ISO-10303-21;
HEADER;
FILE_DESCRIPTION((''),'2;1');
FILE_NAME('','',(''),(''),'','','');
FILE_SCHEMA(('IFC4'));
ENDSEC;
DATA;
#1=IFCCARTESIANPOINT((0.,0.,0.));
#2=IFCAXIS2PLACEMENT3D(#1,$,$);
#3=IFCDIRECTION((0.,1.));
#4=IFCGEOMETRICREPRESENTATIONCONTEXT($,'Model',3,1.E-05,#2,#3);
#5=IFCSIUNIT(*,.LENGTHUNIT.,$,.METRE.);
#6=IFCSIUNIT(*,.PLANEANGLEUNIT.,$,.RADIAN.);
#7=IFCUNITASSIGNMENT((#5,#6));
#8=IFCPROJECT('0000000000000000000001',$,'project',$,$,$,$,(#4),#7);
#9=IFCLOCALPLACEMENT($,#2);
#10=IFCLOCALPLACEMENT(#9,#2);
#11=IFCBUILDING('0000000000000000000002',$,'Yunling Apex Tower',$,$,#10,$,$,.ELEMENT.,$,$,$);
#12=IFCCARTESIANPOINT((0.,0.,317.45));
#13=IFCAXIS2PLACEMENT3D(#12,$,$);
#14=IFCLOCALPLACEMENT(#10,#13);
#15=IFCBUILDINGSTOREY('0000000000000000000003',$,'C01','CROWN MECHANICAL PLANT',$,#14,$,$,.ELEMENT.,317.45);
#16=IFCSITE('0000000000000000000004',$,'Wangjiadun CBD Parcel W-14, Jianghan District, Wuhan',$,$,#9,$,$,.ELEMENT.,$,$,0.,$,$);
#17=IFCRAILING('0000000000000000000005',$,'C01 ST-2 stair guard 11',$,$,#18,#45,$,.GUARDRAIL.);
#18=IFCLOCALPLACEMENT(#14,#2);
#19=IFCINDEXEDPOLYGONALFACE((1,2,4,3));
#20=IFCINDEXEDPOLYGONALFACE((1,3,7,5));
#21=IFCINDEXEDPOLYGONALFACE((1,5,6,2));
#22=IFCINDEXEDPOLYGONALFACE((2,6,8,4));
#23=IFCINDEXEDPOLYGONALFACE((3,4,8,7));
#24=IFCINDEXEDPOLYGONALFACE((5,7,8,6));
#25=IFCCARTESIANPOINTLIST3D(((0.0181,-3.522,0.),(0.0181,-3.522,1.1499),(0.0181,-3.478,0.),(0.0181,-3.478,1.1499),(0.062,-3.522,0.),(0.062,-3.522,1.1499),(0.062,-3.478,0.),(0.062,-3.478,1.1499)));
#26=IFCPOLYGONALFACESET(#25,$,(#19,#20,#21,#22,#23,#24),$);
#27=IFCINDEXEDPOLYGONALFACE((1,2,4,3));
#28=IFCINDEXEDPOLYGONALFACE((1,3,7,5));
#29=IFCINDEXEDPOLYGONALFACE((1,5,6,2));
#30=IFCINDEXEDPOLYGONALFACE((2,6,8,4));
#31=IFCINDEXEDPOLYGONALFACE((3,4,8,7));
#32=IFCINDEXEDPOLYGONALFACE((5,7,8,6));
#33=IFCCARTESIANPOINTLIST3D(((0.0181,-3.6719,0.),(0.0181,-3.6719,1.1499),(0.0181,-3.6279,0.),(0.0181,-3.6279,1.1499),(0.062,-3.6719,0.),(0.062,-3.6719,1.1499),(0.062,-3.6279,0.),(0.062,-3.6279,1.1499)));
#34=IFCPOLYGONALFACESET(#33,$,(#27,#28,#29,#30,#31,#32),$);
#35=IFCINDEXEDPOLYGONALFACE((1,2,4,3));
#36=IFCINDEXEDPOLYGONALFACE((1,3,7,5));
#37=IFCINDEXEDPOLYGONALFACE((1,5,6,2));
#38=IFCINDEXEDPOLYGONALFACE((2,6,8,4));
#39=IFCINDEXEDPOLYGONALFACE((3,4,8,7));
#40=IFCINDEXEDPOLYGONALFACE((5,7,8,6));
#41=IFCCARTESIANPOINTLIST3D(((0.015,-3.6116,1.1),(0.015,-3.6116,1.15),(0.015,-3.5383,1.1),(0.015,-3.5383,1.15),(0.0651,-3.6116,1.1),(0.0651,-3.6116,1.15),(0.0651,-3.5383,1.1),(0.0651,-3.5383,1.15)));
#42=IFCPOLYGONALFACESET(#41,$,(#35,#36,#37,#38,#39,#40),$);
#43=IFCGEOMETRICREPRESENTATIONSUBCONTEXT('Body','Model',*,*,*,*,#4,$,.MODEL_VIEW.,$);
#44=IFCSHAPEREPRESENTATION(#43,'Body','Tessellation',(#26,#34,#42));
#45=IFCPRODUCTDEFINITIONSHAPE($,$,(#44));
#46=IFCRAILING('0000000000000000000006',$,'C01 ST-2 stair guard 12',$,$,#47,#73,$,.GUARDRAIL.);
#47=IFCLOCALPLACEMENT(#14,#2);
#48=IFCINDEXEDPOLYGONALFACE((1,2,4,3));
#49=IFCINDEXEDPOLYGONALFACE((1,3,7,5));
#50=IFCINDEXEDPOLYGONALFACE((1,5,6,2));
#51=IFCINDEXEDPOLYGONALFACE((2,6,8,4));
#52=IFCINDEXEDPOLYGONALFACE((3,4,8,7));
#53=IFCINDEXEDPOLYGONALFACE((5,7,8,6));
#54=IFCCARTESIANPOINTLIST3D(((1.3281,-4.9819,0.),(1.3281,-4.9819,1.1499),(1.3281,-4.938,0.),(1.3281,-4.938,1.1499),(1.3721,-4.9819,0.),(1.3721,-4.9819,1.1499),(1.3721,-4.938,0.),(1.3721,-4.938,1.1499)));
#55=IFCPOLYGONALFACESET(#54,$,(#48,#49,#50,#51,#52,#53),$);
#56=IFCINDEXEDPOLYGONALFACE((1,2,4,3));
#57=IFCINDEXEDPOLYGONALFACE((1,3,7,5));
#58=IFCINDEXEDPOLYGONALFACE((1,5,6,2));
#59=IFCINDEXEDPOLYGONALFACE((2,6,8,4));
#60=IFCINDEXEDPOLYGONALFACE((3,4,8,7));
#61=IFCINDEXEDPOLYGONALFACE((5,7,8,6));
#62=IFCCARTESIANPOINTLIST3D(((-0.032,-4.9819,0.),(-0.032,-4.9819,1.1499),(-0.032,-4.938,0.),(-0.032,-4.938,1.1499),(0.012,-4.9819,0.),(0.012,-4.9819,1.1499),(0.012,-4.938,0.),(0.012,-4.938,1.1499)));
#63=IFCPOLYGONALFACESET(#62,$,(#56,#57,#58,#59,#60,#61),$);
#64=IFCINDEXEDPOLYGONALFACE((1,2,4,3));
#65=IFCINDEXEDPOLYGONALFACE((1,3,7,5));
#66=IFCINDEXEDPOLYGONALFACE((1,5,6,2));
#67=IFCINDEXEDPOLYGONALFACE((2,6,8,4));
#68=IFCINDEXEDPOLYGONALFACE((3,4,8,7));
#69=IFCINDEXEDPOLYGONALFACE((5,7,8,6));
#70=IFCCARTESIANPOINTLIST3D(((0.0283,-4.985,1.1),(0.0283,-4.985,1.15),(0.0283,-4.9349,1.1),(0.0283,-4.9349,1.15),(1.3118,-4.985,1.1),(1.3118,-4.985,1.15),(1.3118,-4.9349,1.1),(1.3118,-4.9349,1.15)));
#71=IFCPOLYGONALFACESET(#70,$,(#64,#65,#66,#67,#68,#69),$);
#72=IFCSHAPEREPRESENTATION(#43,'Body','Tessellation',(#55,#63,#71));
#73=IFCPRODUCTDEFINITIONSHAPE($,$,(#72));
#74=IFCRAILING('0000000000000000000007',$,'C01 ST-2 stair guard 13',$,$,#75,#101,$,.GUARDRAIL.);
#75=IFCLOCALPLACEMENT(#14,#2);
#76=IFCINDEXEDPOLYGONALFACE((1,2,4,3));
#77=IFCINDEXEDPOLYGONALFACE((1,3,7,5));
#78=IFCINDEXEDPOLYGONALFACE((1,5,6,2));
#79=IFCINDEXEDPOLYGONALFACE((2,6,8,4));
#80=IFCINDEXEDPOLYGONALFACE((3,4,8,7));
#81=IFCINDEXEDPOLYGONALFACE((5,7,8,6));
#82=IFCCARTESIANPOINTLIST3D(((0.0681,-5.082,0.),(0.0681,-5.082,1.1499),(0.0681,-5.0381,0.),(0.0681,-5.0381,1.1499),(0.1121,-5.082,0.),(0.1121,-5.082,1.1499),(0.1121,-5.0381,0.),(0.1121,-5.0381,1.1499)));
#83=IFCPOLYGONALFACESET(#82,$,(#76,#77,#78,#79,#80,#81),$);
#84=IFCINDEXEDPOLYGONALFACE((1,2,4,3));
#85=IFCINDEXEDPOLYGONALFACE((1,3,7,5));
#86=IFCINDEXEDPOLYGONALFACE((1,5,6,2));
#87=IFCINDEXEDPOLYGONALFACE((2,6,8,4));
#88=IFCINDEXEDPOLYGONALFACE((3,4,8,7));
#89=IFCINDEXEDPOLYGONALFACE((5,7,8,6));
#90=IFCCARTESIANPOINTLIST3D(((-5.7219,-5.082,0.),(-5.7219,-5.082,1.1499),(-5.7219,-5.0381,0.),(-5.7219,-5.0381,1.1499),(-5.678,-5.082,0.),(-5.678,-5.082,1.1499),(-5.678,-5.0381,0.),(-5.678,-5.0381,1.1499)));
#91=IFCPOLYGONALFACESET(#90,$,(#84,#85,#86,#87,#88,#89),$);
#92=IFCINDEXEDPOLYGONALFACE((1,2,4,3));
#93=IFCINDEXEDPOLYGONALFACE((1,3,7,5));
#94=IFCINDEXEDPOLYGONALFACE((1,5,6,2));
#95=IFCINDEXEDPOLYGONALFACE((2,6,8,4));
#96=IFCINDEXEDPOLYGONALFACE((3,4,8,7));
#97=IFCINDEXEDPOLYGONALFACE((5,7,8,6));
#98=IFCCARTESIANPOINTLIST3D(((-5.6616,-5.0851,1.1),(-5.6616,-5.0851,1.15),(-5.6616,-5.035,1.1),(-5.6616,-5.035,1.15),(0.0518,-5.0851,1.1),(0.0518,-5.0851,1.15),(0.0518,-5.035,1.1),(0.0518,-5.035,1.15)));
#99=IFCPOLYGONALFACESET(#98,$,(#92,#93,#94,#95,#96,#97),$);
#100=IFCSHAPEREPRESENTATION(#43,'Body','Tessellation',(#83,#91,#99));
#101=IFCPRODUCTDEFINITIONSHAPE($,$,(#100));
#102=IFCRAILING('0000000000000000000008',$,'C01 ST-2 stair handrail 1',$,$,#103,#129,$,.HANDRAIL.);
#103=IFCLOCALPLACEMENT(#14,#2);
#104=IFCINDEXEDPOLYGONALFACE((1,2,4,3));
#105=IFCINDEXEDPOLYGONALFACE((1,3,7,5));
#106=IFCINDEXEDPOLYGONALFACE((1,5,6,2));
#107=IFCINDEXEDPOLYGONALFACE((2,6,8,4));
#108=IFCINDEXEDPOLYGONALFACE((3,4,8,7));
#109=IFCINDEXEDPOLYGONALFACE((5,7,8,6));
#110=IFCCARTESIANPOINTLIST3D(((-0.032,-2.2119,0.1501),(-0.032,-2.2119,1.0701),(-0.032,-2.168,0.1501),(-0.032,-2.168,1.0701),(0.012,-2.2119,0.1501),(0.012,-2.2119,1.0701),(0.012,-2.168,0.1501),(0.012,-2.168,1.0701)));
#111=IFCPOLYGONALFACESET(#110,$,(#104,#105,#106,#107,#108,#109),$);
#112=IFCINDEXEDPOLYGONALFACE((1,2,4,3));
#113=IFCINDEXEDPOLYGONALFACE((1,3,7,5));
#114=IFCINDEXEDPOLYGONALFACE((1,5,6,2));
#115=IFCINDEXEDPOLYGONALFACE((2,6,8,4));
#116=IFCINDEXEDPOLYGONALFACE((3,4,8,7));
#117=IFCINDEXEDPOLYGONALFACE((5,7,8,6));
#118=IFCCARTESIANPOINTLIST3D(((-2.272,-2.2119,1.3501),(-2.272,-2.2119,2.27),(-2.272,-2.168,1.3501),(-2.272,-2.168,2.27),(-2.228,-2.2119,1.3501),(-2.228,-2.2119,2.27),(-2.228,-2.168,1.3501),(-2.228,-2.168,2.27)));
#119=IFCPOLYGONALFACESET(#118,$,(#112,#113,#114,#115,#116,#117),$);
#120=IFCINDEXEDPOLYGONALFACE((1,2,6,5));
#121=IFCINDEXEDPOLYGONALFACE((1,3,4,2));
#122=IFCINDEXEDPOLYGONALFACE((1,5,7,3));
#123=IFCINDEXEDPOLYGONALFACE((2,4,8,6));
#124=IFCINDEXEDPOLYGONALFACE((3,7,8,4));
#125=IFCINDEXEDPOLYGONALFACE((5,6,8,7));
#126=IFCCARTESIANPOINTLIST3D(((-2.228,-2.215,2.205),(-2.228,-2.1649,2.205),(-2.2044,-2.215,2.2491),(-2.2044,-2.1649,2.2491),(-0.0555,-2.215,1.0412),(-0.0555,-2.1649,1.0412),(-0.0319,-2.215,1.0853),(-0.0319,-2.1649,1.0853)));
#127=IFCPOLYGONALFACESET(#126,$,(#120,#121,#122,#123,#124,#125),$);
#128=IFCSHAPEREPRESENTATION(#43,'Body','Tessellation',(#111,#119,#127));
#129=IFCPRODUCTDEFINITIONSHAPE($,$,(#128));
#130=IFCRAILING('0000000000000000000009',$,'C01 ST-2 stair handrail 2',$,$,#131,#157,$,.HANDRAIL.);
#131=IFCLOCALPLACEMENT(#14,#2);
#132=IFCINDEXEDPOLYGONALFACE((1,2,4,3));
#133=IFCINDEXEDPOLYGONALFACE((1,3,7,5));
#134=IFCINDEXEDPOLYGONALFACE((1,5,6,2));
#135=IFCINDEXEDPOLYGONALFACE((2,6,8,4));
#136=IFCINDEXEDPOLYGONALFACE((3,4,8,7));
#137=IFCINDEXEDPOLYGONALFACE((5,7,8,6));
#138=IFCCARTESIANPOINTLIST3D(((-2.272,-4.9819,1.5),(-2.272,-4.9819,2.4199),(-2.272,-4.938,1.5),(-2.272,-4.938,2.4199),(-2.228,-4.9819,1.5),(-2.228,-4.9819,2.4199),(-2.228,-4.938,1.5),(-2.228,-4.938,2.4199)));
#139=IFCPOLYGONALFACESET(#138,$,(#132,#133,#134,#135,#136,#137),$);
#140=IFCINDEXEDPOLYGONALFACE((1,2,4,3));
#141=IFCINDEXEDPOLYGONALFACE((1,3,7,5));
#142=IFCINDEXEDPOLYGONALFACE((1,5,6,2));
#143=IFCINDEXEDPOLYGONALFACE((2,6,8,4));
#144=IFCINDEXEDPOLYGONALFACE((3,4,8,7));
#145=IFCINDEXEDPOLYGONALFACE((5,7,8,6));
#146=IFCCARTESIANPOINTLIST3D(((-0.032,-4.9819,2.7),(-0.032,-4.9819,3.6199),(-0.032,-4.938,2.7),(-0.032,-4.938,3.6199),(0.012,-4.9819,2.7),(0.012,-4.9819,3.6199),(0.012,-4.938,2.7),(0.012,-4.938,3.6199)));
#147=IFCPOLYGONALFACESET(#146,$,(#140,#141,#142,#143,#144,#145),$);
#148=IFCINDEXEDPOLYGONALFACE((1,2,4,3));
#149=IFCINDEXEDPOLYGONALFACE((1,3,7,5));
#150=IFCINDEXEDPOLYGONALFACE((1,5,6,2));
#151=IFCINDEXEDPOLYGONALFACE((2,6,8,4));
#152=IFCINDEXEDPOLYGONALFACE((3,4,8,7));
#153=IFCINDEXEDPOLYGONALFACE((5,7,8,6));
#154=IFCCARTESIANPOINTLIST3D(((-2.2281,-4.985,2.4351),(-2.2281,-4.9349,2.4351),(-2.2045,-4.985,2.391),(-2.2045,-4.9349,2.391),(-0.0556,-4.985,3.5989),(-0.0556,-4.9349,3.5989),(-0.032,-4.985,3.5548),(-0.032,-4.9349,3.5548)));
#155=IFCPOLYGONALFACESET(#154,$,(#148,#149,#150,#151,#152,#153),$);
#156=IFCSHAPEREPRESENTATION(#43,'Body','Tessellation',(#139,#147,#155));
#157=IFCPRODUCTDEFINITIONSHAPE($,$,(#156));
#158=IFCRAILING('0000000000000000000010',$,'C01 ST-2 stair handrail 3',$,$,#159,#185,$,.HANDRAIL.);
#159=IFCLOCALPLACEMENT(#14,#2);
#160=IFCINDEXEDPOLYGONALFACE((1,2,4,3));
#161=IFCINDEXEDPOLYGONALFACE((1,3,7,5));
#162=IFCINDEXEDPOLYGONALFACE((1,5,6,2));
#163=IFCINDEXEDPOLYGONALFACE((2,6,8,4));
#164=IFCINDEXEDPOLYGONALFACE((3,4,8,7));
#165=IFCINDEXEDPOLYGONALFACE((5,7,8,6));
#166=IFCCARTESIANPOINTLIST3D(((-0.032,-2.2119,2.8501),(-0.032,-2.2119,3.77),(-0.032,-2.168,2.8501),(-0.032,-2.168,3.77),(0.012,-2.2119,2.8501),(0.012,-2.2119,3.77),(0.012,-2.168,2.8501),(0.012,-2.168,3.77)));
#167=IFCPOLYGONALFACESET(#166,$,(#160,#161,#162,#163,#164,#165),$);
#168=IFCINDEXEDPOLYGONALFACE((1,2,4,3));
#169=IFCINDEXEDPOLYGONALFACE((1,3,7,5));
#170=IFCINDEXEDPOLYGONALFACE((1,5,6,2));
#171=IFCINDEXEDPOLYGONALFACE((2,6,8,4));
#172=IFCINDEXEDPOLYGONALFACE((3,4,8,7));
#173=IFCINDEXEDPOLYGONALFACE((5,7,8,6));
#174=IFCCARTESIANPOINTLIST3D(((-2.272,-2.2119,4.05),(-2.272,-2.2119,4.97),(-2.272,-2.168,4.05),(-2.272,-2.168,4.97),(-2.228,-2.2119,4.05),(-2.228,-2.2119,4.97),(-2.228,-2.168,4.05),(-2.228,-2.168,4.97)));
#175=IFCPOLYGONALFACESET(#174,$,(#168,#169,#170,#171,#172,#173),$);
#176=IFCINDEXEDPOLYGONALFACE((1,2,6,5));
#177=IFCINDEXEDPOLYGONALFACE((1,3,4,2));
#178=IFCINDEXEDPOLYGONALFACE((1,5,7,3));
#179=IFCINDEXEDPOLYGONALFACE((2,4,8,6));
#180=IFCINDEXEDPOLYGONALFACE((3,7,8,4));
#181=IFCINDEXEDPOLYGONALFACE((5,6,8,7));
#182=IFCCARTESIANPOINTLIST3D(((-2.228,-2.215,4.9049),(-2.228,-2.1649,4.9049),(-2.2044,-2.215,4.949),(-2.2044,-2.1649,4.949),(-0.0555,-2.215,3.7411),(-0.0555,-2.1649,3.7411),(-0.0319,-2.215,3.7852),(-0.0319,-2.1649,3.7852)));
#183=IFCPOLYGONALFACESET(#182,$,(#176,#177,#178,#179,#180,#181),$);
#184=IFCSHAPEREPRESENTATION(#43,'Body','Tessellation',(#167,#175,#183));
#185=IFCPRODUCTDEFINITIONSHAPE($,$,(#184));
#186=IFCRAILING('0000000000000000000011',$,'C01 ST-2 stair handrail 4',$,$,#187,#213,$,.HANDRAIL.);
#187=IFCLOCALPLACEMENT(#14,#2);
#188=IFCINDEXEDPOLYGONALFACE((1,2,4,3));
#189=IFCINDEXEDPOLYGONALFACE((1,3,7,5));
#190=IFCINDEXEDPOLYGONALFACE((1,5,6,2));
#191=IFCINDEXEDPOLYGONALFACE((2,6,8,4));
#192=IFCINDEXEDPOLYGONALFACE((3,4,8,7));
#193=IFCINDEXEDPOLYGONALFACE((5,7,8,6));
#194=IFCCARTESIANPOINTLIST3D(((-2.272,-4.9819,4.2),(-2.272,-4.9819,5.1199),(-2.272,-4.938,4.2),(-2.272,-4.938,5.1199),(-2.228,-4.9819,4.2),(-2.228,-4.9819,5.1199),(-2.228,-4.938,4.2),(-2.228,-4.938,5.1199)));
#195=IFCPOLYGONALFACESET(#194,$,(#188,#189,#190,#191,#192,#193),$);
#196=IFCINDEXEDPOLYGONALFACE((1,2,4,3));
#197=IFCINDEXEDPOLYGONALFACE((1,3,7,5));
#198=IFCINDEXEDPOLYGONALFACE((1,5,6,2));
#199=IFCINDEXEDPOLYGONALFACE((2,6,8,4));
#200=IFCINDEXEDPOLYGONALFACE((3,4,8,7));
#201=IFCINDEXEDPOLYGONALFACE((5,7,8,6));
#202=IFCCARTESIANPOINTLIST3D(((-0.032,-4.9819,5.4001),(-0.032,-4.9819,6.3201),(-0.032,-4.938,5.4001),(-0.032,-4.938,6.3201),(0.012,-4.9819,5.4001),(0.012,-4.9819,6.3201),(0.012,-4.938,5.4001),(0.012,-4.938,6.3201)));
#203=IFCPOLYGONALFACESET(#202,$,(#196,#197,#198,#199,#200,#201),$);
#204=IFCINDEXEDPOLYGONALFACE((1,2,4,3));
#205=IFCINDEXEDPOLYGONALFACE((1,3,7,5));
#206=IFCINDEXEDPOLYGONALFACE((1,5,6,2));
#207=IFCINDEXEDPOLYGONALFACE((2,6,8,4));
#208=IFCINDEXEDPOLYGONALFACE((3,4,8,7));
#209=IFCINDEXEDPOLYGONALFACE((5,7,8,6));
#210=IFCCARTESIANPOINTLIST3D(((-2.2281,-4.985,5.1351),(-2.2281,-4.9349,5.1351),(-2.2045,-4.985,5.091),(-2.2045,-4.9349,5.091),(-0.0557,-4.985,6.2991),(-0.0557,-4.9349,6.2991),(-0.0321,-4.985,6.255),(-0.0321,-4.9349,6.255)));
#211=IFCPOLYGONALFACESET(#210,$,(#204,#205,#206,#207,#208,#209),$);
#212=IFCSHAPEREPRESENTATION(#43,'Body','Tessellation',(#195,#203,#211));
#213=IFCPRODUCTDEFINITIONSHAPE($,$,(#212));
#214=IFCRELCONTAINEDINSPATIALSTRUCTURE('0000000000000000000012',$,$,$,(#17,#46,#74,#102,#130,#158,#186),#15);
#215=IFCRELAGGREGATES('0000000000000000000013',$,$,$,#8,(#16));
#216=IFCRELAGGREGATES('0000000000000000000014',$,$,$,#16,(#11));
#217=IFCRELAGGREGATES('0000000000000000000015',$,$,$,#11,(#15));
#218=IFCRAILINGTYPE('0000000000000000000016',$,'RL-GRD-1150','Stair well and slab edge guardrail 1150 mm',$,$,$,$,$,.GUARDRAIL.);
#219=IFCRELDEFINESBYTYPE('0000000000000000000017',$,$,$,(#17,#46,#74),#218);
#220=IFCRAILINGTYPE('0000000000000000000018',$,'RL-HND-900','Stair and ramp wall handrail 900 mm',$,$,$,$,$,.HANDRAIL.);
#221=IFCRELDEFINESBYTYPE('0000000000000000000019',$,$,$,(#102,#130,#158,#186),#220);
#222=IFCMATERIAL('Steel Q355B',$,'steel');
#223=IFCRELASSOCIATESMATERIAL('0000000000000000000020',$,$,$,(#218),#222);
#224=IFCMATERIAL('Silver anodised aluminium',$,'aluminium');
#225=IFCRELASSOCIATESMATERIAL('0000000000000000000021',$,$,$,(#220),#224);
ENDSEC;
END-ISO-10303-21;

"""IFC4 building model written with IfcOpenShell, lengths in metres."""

from ifc_helpers import new_model, si_unit, direction, frame, origin, origin_2d, place, context, subcontext, project, spatial, rectangle, extrude, material, type_object, element, save


model = new_model("IFC4")

# Units and contexts
model_context = context("Model", 3, precision=1e-05, world=origin(), true_north=direction((0.0, 1.0)))
body_context = subcontext(model_context, "Body", "Model", "MODEL_VIEW")
ifc_project = project(units=[si_unit("LENGTHUNIT", "METRE"), si_unit("PLANEANGLEUNIT", "RADIAN")], contexts=[model_context])

# Site, building, storey
site_placement = place(None, origin())
site = spatial("IfcSite", under=ifc_project, at=site_placement, Name="Wangjiadun CBD Parcel W-14, Jianghan District, Wuhan", CompositionType="ELEMENT", RefElevation=0.0)
building_placement = place(site_placement, origin())
building = spatial("IfcBuilding", under=site, at=building_placement, Name="Yunling Apex Tower", CompositionType="ELEMENT")
storey_placement = place(building_placement, frame((0.0, 0.0, 317.45)))
storey = spatial("IfcBuildingStorey", under=building, at=storey_placement, Name="C01", Description="CROWN MECHANICAL PLANT", CompositionType="ELEMENT", Elevation=317.45)

# Shared definitions
ifc_material_1 = material(Name="Steel Q355B", Category="steel")

# Railings
railing_type_1 = type_object("IfcRailingType", Name="RL-GRD-1150", Description="Stair well and slab edge guardrail 1150 mm", PredefinedType="GUARDRAIL", material=ifc_material_1)
railing_1_placement = place(storey_placement, frame((0.04, -3.5, 0.0)))
element("IfcRailing", 1, at=railing_1_placement, inside=storey, type_object=railing_type_1, Name="C01 ST-2 stair guard 11", PredefinedType="GUARDRAIL", context=body_context, shape_type="SweptSolid", body=[
    extrude(rectangle(XDim=0.0439, YDim=0.0439, at=origin_2d()), origin(), (0.0, 0.0, 1.0), 1.1499),
    extrude(rectangle(XDim=0.0439, YDim=0.0439, at=origin_2d()), frame((0.0, -0.1499, 0.0)), (0.0, 0.0, 1.0), 1.1499),
    extrude(rectangle(XDim=0.05, YDim=0.05, at=origin_2d()), frame((0.0, -0.0383, 1.125), z_axis=(0.0, -1.0, 0.0), x_axis=(1.0, 0.0, 0.0)), (0.0, 0.0, 1.0), 0.0732),
])
railing_2_placement = place(storey_placement, frame((1.3501, -4.96, 0.0)))
element("IfcRailing", 2, at=railing_2_placement, inside=storey, type_object=railing_type_1, Name="C01 ST-2 stair guard 12", PredefinedType="GUARDRAIL", context=body_context, shape_type="SweptSolid", body=[
    extrude(rectangle(XDim=0.0439, YDim=0.0439, at=origin_2d()), origin(), (0.0, 0.0, 1.0), 1.1499),
    extrude(rectangle(XDim=0.0439, YDim=0.0439, at=origin_2d()), frame((-1.3601, 0.0, 0.0)), (0.0, 0.0, 1.0), 1.1499),
    extrude(rectangle(XDim=0.05, YDim=0.05, at=origin_2d()), frame((-0.0383, 0.0, 1.125), z_axis=(-1.0, 0.0, 0.0), x_axis=(0.0, -1.0, 0.0)), (0.0, 0.0, 1.0), 1.2834),
])
railing_3_placement = place(storey_placement, frame((0.0901, -5.0601, 0.0)))
element("IfcRailing", 3, at=railing_3_placement, inside=storey, type_object=railing_type_1, Name="C01 ST-2 stair guard 13", PredefinedType="GUARDRAIL", context=body_context, shape_type="SweptSolid", body=[
    extrude(rectangle(XDim=0.0439, YDim=0.0439, at=origin_2d()), origin(), (0.0, 0.0, 1.0), 1.1499),
    extrude(rectangle(XDim=0.0439, YDim=0.0439, at=origin_2d()), frame((-5.79, 0.0, 0.0)), (0.0, 0.0, 1.0), 1.1499),
    extrude(rectangle(XDim=0.05, YDim=0.05, at=origin_2d()), frame((-0.0383, 0.0, 1.125), z_axis=(-1.0, 0.0, 0.0), x_axis=(0.0, -1.0, 0.0)), (0.0, 0.0, 1.0), 5.7134),
])
ifc_material_2 = material(Name="Silver anodised aluminium", Category="aluminium")
railing_type_2 = type_object("IfcRailingType", Name="RL-HND-900", Description="Stair and ramp wall handrail 900 mm", PredefinedType="HANDRAIL", material=ifc_material_2)
railing_4_placement = place(storey_placement, frame((-0.01, -2.1899, 0.1501)))
element("IfcRailing", 4, at=railing_4_placement, inside=storey, type_object=railing_type_2, Name="C01 ST-2 stair handrail 1", PredefinedType="HANDRAIL", context=body_context, shape_type="SweptSolid", body=[
    extrude(rectangle(XDim=0.0439, YDim=0.0439, at=origin_2d()), origin(), (0.0, 0.0, 1.0), 0.9199),
    extrude(rectangle(XDim=0.0439, YDim=0.0439, at=origin_2d()), frame((-2.24, 0.0, 1.2)), (0.0, 0.0, 1.0), 0.9199),
    extrude(rectangle(XDim=0.05, YDim=0.05, at=origin_2d()), frame((-0.0337, 0.0, 0.9131), z_axis=(-0.881487, 0.0, 0.472208), x_axis=(0.0, -1.0, 0.0)), (0.0, 0.0, 1.0), 2.4646),
])
railing_5_placement = place(storey_placement, frame((-2.25, -4.96, 1.5)))
element("IfcRailing", 5, at=railing_5_placement, inside=storey, type_object=railing_type_2, Name="C01 ST-2 stair handrail 2", PredefinedType="HANDRAIL", context=body_context, shape_type="SweptSolid", body=[
    extrude(rectangle(XDim=0.0439, YDim=0.0439, at=origin_2d()), origin(), (0.0, 0.0, 1.0), 0.9199),
    extrude(rectangle(XDim=0.0439, YDim=0.0439, at=origin_2d()), frame((2.24, 0.0, 1.2)), (0.0, 0.0, 1.0), 0.9199),
    extrude(rectangle(XDim=0.05, YDim=0.05, at=origin_2d()), frame((0.0337, 0.0, 0.9131), z_axis=(0.881487, 0.0, 0.472208), x_axis=(0.0, 1.0, 0.0)), (0.0, 0.0, 1.0), 2.4646),
])
railing_6_placement = place(storey_placement, frame((-0.01, -2.1899, 2.8501)))
element("IfcRailing", 6, at=railing_6_placement, inside=storey, type_object=railing_type_2, Name="C01 ST-2 stair handrail 3", PredefinedType="HANDRAIL", context=body_context, shape_type="SweptSolid", body=[
    extrude(rectangle(XDim=0.0439, YDim=0.0439, at=origin_2d()), origin(), (0.0, 0.0, 1.0), 0.9199),
    extrude(rectangle(XDim=0.0439, YDim=0.0439, at=origin_2d()), frame((-2.24, 0.0, 1.2)), (0.0, 0.0, 1.0), 0.9199),
    extrude(rectangle(XDim=0.05, YDim=0.05, at=origin_2d()), frame((-0.0337, 0.0, 0.9131), z_axis=(-0.881487, 0.0, 0.472208), x_axis=(0.0, -1.0, 0.0)), (0.0, 0.0, 1.0), 2.4646),
])
railing_7_placement = place(storey_placement, frame((-2.25, -4.96, 4.2)))
element("IfcRailing", 7, at=railing_7_placement, inside=storey, type_object=railing_type_2, Name="C01 ST-2 stair handrail 4", PredefinedType="HANDRAIL", context=body_context, shape_type="SweptSolid", body=[
    extrude(rectangle(XDim=0.0439, YDim=0.0439, at=origin_2d()), origin(), (0.0, 0.0, 1.0), 0.9199),
    extrude(rectangle(XDim=0.0439, YDim=0.0439, at=origin_2d()), frame((2.24, 0.0, 1.2002)), (0.0, 0.0, 1.0), 0.9199),
    extrude(rectangle(XDim=0.05, YDim=0.05, at=origin_2d()), frame((0.0337, 0.0, 0.9131), z_axis=(0.881447, 0.0, 0.472283), x_axis=(0.0, 1.0, 0.0)), (0.0, 0.0, 1.0), 2.4646),
])

save(model, "model.ifc")
